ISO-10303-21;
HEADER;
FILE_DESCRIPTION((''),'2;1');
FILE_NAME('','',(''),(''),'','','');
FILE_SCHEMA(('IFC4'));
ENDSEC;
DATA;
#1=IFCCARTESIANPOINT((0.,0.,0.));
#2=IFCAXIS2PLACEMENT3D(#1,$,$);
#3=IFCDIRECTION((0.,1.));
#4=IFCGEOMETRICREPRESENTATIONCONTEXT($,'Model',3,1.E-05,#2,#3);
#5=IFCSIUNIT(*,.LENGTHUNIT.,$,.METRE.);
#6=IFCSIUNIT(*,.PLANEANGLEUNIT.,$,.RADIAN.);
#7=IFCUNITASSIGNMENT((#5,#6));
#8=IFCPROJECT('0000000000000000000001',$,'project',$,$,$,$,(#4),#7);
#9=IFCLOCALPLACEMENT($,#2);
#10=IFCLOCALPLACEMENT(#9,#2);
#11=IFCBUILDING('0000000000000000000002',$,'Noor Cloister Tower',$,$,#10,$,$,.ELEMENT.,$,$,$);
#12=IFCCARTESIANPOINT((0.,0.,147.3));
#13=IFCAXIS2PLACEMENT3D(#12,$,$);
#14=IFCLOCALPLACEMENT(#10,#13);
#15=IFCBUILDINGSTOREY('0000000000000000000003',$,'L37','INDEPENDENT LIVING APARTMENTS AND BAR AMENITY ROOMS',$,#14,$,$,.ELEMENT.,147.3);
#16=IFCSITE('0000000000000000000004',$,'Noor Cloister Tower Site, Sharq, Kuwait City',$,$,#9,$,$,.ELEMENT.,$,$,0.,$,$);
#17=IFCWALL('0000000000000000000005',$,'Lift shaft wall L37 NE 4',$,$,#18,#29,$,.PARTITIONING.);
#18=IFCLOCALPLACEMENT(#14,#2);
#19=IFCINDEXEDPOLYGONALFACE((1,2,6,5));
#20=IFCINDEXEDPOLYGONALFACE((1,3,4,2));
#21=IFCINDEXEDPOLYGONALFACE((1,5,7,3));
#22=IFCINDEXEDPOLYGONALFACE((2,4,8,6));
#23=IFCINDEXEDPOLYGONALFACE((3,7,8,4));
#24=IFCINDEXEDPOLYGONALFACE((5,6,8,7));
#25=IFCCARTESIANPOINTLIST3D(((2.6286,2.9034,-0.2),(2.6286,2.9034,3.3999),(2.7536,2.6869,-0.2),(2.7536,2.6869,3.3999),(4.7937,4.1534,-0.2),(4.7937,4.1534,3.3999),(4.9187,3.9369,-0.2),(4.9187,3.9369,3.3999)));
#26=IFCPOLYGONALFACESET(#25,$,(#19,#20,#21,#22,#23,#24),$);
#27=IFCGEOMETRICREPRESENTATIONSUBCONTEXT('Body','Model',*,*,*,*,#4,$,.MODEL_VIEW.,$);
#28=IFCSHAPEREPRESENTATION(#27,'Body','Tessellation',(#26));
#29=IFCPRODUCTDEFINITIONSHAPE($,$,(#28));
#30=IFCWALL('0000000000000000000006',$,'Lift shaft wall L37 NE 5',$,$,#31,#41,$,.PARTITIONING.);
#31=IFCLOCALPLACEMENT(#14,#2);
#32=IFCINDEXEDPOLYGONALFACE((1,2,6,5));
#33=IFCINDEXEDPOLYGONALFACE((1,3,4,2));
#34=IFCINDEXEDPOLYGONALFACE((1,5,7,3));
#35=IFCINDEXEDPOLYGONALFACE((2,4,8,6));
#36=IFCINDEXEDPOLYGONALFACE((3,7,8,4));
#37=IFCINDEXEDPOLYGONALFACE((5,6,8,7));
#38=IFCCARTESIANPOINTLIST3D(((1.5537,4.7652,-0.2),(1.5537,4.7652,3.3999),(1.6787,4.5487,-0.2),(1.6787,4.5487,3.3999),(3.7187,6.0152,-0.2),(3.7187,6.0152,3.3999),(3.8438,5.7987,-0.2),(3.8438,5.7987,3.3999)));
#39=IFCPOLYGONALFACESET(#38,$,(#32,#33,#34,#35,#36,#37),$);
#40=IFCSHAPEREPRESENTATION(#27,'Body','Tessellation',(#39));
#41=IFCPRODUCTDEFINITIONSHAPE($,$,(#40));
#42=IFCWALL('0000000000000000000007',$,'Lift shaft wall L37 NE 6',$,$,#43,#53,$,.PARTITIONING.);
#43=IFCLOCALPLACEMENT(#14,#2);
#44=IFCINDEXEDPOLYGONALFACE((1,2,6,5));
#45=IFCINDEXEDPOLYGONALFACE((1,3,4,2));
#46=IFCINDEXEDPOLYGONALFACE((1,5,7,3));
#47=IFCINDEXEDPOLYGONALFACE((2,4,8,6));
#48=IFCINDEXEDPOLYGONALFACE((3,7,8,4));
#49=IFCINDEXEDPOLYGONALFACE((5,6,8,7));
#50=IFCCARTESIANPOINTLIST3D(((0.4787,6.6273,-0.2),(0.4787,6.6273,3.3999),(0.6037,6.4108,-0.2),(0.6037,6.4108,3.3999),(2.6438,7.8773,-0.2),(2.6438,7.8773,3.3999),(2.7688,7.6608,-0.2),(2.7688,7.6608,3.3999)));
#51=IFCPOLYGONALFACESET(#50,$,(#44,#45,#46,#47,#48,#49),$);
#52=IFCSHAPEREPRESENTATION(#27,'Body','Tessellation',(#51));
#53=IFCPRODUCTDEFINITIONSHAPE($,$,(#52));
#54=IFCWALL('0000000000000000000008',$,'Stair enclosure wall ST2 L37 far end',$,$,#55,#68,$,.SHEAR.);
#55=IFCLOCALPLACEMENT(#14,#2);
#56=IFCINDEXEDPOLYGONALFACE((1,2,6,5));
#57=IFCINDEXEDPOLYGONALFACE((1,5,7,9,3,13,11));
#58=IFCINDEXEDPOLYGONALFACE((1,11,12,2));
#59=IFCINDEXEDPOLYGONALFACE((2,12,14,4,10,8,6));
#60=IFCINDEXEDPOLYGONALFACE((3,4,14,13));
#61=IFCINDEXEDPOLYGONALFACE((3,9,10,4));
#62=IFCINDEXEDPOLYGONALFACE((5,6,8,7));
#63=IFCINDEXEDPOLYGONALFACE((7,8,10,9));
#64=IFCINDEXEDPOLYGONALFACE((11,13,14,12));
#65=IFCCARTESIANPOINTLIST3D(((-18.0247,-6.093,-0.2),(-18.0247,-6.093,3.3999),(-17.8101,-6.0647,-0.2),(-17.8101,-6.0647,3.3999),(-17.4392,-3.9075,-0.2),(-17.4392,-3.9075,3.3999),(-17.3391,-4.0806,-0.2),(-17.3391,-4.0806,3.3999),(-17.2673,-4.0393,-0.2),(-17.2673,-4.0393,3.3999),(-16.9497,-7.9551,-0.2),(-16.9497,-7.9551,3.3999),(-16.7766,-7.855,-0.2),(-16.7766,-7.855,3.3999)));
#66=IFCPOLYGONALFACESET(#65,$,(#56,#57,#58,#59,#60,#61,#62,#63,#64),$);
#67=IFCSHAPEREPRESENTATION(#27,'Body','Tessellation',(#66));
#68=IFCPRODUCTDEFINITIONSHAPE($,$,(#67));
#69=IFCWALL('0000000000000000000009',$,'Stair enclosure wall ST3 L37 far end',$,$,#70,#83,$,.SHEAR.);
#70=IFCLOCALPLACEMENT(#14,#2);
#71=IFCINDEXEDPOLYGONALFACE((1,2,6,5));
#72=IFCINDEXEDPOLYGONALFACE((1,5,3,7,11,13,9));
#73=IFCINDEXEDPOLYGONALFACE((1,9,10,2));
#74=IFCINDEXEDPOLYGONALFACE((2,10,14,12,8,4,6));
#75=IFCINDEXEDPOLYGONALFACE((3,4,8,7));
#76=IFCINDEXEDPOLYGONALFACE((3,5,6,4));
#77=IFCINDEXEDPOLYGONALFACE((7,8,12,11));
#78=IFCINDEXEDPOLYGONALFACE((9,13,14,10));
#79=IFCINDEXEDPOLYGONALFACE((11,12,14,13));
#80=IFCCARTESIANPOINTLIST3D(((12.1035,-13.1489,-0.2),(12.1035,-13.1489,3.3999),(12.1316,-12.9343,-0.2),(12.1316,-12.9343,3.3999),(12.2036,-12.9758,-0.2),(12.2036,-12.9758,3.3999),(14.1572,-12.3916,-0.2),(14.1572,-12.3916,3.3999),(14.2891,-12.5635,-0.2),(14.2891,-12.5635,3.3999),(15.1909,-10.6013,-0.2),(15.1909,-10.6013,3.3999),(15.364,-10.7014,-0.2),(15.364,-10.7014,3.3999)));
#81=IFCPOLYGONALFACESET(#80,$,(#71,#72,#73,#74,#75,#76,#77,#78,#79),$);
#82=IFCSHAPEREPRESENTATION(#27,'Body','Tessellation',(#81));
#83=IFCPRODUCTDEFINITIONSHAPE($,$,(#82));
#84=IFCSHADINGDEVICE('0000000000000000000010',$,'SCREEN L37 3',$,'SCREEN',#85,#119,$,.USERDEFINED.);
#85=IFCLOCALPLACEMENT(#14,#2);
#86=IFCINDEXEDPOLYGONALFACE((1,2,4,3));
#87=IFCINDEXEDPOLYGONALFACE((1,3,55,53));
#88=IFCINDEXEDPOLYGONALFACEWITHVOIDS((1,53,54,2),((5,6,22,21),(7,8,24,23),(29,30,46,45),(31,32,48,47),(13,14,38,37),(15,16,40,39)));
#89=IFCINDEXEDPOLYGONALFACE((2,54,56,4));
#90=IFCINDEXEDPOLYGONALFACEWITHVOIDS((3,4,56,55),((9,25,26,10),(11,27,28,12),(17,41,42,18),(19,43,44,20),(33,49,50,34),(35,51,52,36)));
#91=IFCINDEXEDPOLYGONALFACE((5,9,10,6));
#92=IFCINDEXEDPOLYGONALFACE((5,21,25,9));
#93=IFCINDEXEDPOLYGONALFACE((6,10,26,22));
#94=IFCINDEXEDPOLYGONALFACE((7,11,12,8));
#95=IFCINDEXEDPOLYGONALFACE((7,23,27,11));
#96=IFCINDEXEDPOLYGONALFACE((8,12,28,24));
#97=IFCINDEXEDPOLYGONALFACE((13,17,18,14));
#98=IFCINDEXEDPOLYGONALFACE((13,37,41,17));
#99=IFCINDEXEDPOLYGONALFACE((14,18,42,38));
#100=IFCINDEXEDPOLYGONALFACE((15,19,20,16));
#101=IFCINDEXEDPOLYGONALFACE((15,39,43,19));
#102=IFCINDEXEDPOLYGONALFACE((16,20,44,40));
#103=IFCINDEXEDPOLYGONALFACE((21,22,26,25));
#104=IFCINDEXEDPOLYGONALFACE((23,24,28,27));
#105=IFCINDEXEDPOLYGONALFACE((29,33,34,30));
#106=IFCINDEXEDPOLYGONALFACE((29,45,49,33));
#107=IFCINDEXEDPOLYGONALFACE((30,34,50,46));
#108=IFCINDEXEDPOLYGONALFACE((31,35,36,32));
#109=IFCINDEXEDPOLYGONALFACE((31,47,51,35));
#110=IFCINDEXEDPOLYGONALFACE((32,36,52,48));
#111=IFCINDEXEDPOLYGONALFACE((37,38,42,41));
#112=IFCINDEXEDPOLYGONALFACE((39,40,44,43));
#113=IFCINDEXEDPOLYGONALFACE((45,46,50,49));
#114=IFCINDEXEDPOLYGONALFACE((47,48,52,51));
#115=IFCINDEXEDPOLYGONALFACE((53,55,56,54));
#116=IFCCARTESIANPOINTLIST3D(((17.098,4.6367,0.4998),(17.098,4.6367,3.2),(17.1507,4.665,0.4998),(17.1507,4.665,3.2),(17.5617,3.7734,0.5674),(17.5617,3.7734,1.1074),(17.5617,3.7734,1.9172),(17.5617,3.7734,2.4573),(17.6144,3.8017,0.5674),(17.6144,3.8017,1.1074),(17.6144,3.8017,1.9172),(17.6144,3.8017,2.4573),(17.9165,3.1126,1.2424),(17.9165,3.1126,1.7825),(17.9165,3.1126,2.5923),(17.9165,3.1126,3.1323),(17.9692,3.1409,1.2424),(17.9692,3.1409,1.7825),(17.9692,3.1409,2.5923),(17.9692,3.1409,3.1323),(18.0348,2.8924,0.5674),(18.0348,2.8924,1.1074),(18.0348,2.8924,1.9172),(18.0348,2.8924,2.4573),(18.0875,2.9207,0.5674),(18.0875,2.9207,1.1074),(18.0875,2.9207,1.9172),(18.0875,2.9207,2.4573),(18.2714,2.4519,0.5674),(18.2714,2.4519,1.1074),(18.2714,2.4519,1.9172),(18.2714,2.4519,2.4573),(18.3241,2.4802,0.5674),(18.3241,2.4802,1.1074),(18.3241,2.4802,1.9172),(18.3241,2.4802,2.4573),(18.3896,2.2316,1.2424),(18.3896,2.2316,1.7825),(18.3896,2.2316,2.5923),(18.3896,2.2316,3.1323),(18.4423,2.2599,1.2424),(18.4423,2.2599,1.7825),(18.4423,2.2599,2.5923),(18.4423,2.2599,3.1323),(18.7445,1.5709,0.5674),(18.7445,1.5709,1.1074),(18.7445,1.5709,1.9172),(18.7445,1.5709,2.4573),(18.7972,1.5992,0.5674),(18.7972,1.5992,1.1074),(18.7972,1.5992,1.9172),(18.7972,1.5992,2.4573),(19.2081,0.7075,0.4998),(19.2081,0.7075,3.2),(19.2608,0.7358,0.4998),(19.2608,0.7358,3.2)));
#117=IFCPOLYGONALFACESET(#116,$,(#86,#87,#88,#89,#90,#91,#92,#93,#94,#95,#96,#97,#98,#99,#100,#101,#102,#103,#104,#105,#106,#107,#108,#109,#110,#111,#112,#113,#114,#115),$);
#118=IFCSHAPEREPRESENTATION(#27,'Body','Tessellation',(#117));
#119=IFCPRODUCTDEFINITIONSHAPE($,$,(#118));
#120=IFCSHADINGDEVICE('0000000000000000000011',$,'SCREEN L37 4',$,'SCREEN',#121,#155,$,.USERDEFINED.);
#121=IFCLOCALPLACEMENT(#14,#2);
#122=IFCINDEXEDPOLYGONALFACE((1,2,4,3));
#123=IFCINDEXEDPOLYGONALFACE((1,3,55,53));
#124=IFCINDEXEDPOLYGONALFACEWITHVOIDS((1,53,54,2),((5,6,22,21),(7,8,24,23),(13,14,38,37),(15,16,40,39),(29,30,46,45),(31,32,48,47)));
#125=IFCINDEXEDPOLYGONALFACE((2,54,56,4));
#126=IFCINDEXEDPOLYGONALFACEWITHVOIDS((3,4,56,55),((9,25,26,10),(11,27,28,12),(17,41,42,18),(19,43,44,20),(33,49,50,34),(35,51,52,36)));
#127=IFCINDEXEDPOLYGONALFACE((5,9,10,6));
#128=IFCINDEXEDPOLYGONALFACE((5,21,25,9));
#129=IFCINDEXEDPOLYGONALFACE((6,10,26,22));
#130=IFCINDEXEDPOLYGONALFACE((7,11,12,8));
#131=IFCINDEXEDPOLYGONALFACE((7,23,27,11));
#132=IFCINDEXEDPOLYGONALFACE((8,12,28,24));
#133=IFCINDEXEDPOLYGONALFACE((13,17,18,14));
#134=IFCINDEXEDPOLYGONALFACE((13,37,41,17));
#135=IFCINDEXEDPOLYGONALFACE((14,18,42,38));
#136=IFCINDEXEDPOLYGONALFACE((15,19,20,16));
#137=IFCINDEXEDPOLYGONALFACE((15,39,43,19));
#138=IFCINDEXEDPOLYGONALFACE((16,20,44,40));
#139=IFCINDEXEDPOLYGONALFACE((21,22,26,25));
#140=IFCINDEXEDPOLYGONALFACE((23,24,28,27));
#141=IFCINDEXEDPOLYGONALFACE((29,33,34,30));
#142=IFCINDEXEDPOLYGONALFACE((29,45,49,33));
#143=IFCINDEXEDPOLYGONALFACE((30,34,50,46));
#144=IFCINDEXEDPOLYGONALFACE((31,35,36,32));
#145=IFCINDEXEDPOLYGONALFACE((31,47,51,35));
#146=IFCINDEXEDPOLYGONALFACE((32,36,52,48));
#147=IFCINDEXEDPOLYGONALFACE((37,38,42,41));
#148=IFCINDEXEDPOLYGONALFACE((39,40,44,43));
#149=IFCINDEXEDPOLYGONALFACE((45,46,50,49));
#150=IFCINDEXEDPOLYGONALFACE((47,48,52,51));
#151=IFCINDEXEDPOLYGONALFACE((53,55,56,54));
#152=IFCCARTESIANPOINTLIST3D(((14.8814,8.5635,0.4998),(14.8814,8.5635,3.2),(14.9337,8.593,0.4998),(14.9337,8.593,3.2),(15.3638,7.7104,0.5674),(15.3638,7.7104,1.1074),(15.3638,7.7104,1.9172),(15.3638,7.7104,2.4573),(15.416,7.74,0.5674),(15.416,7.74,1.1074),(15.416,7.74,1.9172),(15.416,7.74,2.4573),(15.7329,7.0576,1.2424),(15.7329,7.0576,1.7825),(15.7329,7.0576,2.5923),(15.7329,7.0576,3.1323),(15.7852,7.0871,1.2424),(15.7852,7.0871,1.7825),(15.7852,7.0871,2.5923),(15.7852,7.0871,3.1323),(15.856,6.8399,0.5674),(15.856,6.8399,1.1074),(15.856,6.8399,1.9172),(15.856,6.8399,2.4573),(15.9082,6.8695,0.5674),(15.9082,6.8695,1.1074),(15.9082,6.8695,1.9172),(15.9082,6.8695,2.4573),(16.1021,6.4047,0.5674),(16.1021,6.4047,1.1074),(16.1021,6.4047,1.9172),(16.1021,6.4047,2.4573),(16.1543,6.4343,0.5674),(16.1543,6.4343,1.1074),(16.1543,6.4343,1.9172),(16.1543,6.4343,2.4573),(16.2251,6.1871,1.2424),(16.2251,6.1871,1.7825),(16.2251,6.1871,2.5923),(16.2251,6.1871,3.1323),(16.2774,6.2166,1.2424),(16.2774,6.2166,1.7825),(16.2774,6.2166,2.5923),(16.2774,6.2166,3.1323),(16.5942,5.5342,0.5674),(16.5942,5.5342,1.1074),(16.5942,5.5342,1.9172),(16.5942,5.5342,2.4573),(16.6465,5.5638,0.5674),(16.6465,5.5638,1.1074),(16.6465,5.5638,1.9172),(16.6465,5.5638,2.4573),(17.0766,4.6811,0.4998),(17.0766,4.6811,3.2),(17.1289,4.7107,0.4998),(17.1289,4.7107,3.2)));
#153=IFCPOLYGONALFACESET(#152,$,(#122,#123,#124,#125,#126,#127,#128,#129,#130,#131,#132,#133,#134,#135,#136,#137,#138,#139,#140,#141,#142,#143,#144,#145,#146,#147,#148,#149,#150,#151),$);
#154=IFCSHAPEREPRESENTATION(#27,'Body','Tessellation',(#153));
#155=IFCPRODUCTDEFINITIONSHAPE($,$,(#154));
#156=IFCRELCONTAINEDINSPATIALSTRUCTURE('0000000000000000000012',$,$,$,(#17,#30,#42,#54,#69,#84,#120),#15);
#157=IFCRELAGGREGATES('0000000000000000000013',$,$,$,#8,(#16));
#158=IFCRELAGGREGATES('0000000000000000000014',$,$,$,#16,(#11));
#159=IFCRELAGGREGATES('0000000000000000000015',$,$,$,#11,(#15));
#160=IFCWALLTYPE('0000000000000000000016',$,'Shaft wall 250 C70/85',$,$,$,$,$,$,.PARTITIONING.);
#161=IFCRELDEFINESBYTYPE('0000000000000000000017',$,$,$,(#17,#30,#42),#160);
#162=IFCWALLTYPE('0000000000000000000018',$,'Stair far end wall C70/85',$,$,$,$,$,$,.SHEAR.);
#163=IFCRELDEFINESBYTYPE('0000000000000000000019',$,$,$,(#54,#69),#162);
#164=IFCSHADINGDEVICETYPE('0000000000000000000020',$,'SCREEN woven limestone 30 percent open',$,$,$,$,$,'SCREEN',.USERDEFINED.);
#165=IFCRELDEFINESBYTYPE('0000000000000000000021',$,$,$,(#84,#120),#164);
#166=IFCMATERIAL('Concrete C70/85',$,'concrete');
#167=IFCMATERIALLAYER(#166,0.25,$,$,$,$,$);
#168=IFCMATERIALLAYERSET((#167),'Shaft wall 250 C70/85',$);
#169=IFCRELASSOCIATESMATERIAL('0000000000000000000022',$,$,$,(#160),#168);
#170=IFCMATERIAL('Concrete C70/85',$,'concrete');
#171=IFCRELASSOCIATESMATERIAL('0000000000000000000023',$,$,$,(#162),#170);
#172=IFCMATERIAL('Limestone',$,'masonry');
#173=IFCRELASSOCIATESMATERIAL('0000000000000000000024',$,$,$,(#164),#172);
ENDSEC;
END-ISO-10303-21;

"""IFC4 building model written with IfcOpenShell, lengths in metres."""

from ifc_helpers import new_model, si_unit, direction, frame, frame_2d, origin, place, context, subcontext, project, spatial, polyline, rectangle, outline, extrude, material, layer, layer_set, material_profile, profile_set, type_object, element, save


model = new_model("IFC4")

# Units and contexts
model_context = context("Model", 3, precision=1e-05, world=origin(), true_north=direction((0.0, 1.0)))
body_context = subcontext(model_context, "Body", "Model", "MODEL_VIEW")
ifc_project = project(units=[si_unit("LENGTHUNIT", "METRE"), si_unit("PLANEANGLEUNIT", "RADIAN")], contexts=[model_context])

# Site, building, storey
site_placement = place(None, origin())
site = spatial("IfcSite", under=ifc_project, at=site_placement, Name="Noor Cloister Tower Site, Sharq, Kuwait City", CompositionType="ELEMENT", RefElevation=0.0)
building_placement = place(site_placement, origin())
building = spatial("IfcBuilding", under=site, at=building_placement, Name="Noor Cloister Tower", CompositionType="ELEMENT")
storey_placement = place(building_placement, frame((0.0, 0.0, 147.3)))
storey = spatial("IfcBuildingStorey", under=building, at=storey_placement, Name="L37", Description="INDEPENDENT LIVING APARTMENTS AND BAR AMENITY ROOMS", CompositionType="ELEMENT", Elevation=147.3)

# Walls
ifc_material_1 = material(Name="Concrete C70/85", Category="concrete")
ifc_layer_1 = layer(ifc_material_1, 0.25)
ifc_layer_set_1 = layer_set([ifc_layer_1], Name="Shaft wall 250 C70/85")
wall_type_1 = type_object("IfcWallType", Name="Shaft wall 250 C70/85", PredefinedType="PARTITIONING", material=ifc_layer_set_1)
for number, where, z_axis, x_axis, name in (
    (1, (4.8562, 4.0452, -0.2), (0.0, 0.0, 1.0), (-0.866023, -0.500004, 0.0), "Lift shaft wall L37 NE 4"),
    (2, (3.7812, 5.907, -0.2), (0.0, 0.0, 1.0), (-0.866023, -0.500004, 0.0), "Lift shaft wall L37 NE 5"),
    (3, (2.7063, 7.769, -0.2), (0.0, 0.0, 1.0), (-0.866023, -0.500004, 0.0), "Lift shaft wall L37 NE 6"),
):
    element("IfcWall", number, at=place(storey_placement, frame(where, z_axis=z_axis, x_axis=x_axis)), inside=storey, type_object=wall_type_1, Name=name, PredefinedType="PARTITIONING", context=body_context, shape_type="SweptSolid", body=[
        extrude(rectangle(XDim=2.5, YDim=0.25, at=frame_2d((1.25, 0.0))), origin(), (0.0, 0.0, 1.0), 3.5999),
    ])
ifc_material_2 = material(Name="Concrete C70/85", Category="concrete")
wall_type_2 = type_object("IfcWallType", Name="Stair far end wall C70/85", PredefinedType="SHEAR", material=ifc_material_2)
wall_1_placement = place(storey_placement, frame((0.0, 0.0, -0.2)))
element("IfcWall", 4, at=wall_1_placement, inside=storey, type_object=wall_type_2, Name="Stair enclosure wall ST2 L37 far end", PredefinedType="SHEAR", context=body_context, shape_type="SweptSolid", body=[
    extrude(outline(polyline([(-17.4392, -3.9075), (-18.0247, -6.093), (-16.9497, -7.9551), (-16.7766, -7.855), (-17.8101, -6.0647), (-17.2673, -4.0393), (-17.3391, -4.0806), (-17.3391, -4.0806), (-17.3391, -4.0806), (-17.3391, -4.0806), (-17.3391, -4.0806), (-17.3391, -4.0806), (-17.3391, -4.0806), (-17.3391, -4.0806), (-17.3391, -4.0806), (-17.3391, -4.0806), (-17.3391, -4.0806), (-17.3391, -4.0806), (-17.3391, -4.0806), (-17.3391, -4.0806), (-17.3391, -4.0806), (-17.3391, -4.0806), (-17.3391, -4.0806), (-17.4392, -3.9075)])), origin(), (0.0, 0.0, 1.0), 3.5999),
])
wall_2_placement = place(storey_placement, frame((0.0, 0.0, -0.2)))
element("IfcWall", 5, at=wall_2_placement, inside=storey, type_object=wall_type_2, Name="Stair enclosure wall ST3 L37 far end", PredefinedType="SHEAR", context=body_context, shape_type="SweptSolid", body=[
    extrude(outline(polyline([(12.1035, -13.1489), (14.2891, -12.5635), (15.364, -10.7014), (15.1909, -10.6013), (14.1572, -12.3916), (12.1316, -12.9343), (12.2036, -12.9758), (12.2036, -12.9758), (12.2036, -12.9758), (12.2036, -12.9758), (12.2036, -12.9758), (12.2036, -12.9758), (12.2036, -12.9758), (12.2036, -12.9758), (12.2036, -12.9758), (12.2036, -12.9758), (12.2036, -12.9758), (12.2036, -12.9758), (12.2036, -12.9758), (12.2036, -12.9758), (12.2036, -12.9758), (12.2036, -12.9758), (12.2036, -12.9758), (12.1035, -13.1489)])), origin(), (0.0, 0.0, 1.0), 3.5999),
])

# Shading devices
ifc_material_3 = material(Name="Limestone", Category="masonry")
ifc_material_profile_1 = material_profile(ifc_material_3, outline(polyline([(-2.23, -1.3501), (2.23, -1.3501), (2.23, 1.3501), (-2.23, 1.3501), (-2.23, -1.3501)]), holes=[polyline([(-1.25, -1.2825), (-0.25, -1.2825), (-0.25, -0.7424), (-1.25, -0.7424), (-1.25, -1.2825)]), polyline([(0.25, -1.2825), (1.25, -1.2825), (1.25, -0.7424), (0.25, -0.7424), (0.25, -1.2825)]), polyline([(-0.5, -0.6074), (0.5, -0.6074), (0.5, -0.0674), (-0.5, -0.0674), (-0.5, -0.6074)]), polyline([(-1.25, 0.0674), (-0.25, 0.0674), (-0.25, 0.6074), (-1.25, 0.6074), (-1.25, 0.0674)]), polyline([(0.25, 0.0674), (1.25, 0.0674), (1.25, 0.6074), (0.25, 0.6074), (0.25, 0.0674)]), polyline([(-0.5, 0.7424), (0.5, 0.7424), (0.5, 1.2825), (-0.5, 1.2825), (-0.5, 0.7424)])]), Name="Woven screen 30 percent open")
ifc_profile_set_1 = profile_set([ifc_material_profile_1], Name="Limestone")
shading_device_type = type_object("IfcShadingDeviceType", Name="SCREEN woven limestone 30 percent open", ElementType="SCREEN", PredefinedType="USERDEFINED", material=ifc_profile_set_1)
shading_device_1_placement = place(storey_placement, frame((18.1531, 2.6721, 1.8499), z_axis=(0.880994, 0.473127, 0.0), x_axis=(-0.473127, 0.880994, 0.0)))
element("IfcShadingDevice", 6, at=shading_device_1_placement, inside=storey, type_object=shading_device_type, Name="SCREEN L37 3", ObjectType="SCREEN", PredefinedType="USERDEFINED", context=body_context, shape_type="SweptSolid", body=[
    extrude(outline(polyline([(-2.23, -1.3501), (2.23, -1.3501), (2.23, 1.3501), (-2.23, 1.3501), (-2.23, -1.3501)]), holes=[polyline([(-1.25, -1.2825), (-0.25, -1.2825), (-0.25, -0.7424), (-1.25, -0.7424), (-1.25, -1.2825)]), polyline([(0.25, -1.2825), (1.25, -1.2825), (1.25, -0.7424), (0.25, -0.7424), (0.25, -1.2825)]), polyline([(-0.5, -0.6074), (0.5, -0.6074), (0.5, -0.0674), (-0.5, -0.0674), (-0.5, -0.6074)]), polyline([(-1.25, 0.0674), (-0.25, 0.0674), (-0.25, 0.6074), (-1.25, 0.6074), (-1.25, 0.0674)]), polyline([(0.25, 0.0674), (1.25, 0.0674), (1.25, 0.6074), (0.25, 0.6074), (0.25, 0.0674)]), polyline([(-0.5, 0.7424), (0.5, 0.7424), (0.5, 1.2825), (-0.5, 1.2825), (-0.5, 0.7424)])]), origin(), (0.0, 0.0, 1.0), 0.0598),
])
shading_device_2_placement = place(storey_placement, frame((15.979, 6.6223, 1.8499), z_axis=(0.870487, 0.492191, 0.0), x_axis=(-0.492191, 0.870487, 0.0)))
element("IfcShadingDevice", 7, at=shading_device_2_placement, inside=storey, type_object=shading_device_type, Name="SCREEN L37 4", ObjectType="SCREEN", PredefinedType="USERDEFINED", context=body_context, shape_type="SweptSolid", body=[
    extrude(outline(polyline([(-2.23, -1.3501), (2.23, -1.3501), (2.23, 1.3501), (-2.23, 1.3501), (-2.23, -1.3501)]), holes=[polyline([(-1.25, -1.2825), (-0.25, -1.2825), (-0.25, -0.7424), (-1.25, -0.7424), (-1.25, -1.2825)]), polyline([(0.25, -1.2825), (1.25, -1.2825), (1.25, -0.7424), (0.25, -0.7424), (0.25, -1.2825)]), polyline([(-0.5, -0.6074), (0.5, -0.6074), (0.5, -0.0674), (-0.5, -0.0674), (-0.5, -0.6074)]), polyline([(-1.25, 0.0674), (-0.25, 0.0674), (-0.25, 0.6074), (-1.25, 0.6074), (-1.25, 0.0674)]), polyline([(0.25, 0.0674), (1.25, 0.0674), (1.25, 0.6074), (0.25, 0.6074), (0.25, 0.0674)]), polyline([(-0.5, 0.7424), (0.5, 0.7424), (0.5, 1.2825), (-0.5, 1.2825), (-0.5, 0.7424)])]), origin(), (0.0, 0.0, 1.0), 0.0601),
])

save(model, "model.ifc")
